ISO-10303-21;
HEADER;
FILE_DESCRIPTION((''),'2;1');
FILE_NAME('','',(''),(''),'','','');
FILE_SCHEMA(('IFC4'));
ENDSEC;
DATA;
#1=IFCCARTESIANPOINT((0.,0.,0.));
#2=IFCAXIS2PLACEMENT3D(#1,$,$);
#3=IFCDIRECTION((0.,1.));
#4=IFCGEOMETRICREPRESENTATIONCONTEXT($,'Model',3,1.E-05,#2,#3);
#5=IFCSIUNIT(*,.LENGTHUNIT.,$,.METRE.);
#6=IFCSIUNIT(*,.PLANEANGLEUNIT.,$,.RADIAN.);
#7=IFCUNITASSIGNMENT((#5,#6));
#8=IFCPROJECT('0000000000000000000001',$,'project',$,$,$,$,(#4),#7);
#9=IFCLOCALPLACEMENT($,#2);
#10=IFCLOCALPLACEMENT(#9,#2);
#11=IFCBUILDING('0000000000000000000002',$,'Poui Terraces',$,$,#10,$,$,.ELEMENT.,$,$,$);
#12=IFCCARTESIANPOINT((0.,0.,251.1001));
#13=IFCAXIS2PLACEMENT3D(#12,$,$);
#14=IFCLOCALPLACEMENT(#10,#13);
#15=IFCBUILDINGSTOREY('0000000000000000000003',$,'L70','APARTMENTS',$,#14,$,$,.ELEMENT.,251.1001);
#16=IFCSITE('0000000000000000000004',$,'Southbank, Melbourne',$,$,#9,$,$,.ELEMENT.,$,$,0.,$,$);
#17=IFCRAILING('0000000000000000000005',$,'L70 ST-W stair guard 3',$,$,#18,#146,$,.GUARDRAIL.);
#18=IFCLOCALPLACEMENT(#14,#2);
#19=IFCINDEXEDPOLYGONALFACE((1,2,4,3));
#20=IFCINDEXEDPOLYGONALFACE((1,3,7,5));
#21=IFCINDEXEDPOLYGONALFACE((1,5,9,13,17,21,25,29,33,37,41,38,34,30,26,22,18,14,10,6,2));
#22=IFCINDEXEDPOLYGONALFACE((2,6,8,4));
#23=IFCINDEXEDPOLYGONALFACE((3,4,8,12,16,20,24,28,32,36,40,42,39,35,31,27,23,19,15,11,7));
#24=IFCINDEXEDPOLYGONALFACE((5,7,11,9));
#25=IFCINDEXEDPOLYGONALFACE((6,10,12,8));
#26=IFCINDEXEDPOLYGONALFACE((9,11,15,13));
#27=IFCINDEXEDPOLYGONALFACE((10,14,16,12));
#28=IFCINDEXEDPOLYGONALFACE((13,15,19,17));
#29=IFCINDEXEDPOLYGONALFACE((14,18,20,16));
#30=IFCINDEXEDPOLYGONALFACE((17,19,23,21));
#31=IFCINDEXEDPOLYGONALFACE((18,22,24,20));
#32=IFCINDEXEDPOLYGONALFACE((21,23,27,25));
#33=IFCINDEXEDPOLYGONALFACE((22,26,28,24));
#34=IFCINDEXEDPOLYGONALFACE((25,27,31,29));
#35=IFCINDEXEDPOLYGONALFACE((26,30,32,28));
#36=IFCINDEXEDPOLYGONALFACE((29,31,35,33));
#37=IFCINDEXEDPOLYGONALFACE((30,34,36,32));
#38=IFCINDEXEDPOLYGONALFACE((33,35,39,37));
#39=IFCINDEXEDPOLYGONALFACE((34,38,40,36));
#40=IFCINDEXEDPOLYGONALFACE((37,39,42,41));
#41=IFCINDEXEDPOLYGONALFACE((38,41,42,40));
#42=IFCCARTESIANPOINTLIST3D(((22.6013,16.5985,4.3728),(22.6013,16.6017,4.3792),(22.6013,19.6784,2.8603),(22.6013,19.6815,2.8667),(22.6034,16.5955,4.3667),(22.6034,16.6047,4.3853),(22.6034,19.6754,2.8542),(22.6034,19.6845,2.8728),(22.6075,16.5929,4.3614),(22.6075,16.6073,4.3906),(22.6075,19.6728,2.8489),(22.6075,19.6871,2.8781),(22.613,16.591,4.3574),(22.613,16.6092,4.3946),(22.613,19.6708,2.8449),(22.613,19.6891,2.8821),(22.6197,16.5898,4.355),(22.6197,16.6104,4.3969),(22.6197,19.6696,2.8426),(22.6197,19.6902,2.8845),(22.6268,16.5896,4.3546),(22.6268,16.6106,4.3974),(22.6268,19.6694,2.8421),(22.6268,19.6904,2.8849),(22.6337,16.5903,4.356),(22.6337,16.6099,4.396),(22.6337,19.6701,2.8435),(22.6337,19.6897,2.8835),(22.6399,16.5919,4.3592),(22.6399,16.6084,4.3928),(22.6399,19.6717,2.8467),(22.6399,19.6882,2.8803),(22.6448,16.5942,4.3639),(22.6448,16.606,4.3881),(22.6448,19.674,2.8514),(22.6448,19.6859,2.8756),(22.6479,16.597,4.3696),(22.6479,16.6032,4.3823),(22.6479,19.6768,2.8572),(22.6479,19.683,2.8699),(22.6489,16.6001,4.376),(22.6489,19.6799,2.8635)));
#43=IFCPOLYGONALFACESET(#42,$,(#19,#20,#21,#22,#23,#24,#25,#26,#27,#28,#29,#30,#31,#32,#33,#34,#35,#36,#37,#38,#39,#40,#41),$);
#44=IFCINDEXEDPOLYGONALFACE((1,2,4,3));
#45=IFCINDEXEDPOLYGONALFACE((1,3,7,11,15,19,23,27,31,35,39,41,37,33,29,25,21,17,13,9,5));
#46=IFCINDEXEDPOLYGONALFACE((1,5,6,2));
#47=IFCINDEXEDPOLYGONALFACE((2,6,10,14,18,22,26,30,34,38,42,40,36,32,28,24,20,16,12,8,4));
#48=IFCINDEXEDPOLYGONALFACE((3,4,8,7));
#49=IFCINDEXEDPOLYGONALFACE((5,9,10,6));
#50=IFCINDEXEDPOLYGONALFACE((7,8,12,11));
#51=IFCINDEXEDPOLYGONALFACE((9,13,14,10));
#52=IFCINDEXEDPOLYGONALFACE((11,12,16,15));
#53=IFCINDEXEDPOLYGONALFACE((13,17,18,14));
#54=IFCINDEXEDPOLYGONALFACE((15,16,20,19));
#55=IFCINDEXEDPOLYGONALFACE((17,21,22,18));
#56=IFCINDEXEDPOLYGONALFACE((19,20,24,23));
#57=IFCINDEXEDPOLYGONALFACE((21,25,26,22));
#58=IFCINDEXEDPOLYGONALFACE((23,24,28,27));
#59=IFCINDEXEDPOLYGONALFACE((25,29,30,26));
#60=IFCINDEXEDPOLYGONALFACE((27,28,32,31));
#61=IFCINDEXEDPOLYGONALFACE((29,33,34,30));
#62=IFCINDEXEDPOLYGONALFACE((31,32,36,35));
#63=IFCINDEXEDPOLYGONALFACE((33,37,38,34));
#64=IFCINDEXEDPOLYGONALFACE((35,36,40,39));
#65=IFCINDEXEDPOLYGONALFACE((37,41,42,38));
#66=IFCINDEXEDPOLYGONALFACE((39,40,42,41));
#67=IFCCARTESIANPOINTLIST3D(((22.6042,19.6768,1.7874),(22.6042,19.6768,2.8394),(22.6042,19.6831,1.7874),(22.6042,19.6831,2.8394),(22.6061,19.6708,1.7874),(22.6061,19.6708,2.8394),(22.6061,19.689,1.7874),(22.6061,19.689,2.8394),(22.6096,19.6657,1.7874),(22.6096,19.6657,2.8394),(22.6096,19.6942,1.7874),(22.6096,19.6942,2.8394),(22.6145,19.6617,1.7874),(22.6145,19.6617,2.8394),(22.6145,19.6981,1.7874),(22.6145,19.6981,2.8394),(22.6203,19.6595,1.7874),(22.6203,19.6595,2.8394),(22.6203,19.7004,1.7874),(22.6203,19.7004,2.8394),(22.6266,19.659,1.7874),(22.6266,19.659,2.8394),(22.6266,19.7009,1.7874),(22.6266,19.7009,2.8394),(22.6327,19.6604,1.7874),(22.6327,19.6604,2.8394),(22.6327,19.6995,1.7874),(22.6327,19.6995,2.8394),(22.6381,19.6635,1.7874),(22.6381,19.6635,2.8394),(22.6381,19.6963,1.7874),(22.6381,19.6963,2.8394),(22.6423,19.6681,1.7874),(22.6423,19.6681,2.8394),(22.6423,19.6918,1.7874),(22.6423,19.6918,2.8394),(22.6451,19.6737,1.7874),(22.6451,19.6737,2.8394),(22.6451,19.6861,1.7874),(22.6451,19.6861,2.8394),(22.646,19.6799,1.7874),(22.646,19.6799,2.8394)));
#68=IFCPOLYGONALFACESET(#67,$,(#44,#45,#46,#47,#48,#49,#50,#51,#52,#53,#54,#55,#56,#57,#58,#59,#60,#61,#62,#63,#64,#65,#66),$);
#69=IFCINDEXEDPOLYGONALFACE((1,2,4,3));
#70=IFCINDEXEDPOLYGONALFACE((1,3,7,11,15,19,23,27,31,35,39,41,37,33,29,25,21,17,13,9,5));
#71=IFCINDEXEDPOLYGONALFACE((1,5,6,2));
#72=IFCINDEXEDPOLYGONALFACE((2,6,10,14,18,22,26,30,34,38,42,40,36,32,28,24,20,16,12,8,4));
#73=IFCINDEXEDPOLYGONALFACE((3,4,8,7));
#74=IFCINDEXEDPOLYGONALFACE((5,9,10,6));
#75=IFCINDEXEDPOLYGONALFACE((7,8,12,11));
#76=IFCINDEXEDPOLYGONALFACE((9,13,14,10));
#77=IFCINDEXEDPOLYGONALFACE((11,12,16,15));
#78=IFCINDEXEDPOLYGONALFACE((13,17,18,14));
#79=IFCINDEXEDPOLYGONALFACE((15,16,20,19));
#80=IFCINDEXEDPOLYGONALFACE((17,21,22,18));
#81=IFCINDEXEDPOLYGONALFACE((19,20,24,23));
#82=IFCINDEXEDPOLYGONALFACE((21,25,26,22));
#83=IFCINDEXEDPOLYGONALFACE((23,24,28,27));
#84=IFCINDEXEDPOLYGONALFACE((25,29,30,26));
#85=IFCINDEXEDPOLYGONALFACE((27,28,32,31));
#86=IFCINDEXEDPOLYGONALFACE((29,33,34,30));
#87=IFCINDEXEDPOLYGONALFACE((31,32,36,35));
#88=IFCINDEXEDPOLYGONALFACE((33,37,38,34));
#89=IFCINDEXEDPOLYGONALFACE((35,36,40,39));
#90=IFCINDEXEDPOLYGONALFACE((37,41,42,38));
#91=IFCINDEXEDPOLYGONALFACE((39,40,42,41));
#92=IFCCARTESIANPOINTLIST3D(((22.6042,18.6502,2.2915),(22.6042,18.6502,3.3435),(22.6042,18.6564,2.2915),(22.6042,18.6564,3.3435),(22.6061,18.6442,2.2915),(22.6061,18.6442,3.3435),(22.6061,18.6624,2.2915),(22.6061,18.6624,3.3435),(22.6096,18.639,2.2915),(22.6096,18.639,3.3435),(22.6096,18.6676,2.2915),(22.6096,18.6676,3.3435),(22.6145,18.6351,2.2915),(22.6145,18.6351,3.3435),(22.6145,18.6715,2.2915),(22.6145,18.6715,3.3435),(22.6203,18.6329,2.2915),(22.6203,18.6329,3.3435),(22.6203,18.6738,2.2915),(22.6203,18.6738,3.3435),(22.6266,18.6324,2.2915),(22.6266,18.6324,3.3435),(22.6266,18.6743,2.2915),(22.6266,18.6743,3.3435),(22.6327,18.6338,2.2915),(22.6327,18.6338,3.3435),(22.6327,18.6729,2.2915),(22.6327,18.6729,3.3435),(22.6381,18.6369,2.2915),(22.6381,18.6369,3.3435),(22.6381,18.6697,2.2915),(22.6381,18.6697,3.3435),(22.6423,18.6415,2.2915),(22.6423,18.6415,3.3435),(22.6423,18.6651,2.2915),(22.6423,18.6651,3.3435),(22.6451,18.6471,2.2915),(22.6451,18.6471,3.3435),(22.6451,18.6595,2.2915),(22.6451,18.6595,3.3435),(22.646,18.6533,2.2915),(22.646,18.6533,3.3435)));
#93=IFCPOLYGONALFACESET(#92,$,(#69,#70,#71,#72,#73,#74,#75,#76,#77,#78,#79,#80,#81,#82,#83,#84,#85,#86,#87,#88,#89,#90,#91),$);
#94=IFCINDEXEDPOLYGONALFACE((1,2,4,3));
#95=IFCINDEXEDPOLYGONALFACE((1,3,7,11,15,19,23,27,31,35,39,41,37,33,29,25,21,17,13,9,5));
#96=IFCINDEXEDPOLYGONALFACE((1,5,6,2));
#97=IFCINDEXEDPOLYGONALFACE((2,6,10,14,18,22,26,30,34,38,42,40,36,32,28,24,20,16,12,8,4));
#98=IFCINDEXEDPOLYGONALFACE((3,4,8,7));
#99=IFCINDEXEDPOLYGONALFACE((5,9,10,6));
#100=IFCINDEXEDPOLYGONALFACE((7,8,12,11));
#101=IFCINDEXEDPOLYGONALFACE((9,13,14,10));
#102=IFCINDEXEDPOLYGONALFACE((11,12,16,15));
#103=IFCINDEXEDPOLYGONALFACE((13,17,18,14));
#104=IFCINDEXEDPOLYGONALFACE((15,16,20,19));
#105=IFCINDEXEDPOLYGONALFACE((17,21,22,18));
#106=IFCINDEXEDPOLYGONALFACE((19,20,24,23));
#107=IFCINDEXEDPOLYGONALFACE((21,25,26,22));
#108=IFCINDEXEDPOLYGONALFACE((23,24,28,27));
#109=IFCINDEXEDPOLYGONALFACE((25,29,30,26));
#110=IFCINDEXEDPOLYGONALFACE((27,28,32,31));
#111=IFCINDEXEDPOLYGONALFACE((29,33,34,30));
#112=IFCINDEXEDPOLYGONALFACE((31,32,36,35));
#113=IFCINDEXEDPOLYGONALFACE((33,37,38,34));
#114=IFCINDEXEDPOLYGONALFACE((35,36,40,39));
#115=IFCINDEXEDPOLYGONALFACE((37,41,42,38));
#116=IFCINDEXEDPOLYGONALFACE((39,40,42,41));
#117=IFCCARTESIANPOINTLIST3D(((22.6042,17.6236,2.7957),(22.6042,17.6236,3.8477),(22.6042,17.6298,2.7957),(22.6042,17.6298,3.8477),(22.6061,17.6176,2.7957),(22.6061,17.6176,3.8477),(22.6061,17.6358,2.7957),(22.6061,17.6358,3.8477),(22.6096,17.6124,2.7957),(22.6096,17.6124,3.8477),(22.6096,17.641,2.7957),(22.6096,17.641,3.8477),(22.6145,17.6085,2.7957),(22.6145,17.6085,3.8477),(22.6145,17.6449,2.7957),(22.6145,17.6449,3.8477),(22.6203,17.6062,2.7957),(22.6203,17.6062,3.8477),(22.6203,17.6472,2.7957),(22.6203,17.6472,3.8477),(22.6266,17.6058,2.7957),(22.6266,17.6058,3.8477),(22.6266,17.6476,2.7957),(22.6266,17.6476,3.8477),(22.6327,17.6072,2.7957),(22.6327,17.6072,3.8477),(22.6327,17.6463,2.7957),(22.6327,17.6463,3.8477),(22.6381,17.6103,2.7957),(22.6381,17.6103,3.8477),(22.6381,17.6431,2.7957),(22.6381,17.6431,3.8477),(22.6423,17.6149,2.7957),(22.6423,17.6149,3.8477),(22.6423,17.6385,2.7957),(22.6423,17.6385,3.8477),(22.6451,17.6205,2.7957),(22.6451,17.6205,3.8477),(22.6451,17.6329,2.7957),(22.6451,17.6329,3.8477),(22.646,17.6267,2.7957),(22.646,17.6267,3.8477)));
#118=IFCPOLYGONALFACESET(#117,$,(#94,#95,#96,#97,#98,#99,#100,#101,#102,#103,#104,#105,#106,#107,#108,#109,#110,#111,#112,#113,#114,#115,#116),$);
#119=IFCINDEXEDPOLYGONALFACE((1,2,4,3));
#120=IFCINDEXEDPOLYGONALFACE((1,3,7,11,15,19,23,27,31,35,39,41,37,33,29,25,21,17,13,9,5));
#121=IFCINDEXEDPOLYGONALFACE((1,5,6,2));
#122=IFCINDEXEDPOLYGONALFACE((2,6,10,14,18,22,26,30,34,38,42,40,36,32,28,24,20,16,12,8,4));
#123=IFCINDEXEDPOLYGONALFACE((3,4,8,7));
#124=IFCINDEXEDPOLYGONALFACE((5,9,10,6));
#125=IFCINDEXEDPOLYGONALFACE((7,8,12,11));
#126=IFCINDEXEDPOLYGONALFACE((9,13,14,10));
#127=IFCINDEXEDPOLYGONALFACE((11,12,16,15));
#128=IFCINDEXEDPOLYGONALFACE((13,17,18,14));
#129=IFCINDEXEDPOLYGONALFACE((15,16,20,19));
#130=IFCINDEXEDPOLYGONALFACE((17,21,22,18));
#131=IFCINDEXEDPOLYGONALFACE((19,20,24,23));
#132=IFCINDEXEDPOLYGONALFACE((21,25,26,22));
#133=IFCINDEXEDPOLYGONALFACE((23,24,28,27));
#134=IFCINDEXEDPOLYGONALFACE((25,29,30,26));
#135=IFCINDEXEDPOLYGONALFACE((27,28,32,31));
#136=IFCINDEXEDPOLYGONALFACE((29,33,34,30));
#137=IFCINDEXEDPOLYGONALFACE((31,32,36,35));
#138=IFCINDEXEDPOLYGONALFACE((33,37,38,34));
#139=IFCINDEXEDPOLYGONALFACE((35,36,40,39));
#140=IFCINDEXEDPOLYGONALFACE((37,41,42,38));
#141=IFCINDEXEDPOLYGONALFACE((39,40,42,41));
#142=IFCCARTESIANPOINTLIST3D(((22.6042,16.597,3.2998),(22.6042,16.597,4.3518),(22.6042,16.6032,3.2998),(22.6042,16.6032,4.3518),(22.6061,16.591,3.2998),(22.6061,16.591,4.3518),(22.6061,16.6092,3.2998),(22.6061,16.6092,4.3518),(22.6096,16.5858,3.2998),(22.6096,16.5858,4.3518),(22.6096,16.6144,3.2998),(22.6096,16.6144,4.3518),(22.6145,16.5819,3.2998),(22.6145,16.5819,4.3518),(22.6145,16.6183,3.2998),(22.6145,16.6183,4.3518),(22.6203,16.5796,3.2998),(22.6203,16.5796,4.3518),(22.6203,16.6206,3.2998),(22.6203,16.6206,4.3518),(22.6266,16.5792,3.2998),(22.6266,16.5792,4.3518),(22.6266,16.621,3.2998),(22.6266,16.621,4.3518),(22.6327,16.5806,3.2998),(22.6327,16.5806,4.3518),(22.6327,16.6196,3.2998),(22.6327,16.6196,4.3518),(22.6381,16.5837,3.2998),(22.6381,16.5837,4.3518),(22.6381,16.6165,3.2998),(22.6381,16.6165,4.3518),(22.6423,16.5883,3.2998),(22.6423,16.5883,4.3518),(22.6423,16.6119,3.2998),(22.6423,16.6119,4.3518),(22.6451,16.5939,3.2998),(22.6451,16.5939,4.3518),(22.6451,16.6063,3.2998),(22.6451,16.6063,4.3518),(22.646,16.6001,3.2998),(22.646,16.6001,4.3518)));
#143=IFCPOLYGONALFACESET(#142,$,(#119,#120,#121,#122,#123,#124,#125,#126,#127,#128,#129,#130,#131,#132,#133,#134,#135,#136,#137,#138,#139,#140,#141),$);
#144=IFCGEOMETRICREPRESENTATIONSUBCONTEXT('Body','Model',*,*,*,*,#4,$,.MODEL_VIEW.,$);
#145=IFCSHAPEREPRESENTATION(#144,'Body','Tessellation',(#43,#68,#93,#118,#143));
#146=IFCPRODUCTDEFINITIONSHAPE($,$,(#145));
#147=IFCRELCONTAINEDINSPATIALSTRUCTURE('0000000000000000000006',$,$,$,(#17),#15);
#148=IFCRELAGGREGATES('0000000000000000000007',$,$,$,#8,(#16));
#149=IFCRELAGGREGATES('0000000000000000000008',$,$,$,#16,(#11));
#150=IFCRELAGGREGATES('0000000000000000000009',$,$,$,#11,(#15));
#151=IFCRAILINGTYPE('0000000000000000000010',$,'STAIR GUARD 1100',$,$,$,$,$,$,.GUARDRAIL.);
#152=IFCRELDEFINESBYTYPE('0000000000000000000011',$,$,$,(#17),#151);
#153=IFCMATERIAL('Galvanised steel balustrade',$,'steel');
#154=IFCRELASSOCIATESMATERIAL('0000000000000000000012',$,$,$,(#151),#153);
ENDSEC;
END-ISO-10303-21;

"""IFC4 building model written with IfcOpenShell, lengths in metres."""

from ifc_helpers import new_model, si_unit, direction, frame, origin, origin_2d, place, context, subcontext, project, spatial, circle, extrude, material, type_object, element, save


model = new_model("IFC4")

# Units and contexts
model_context = context("Model", 3, precision=1e-05, world=origin(), true_north=direction((0.0, 1.0)))
body_context = subcontext(model_context, "Body", "Model", "MODEL_VIEW")
ifc_project = project(units=[si_unit("LENGTHUNIT", "METRE"), si_unit("PLANEANGLEUNIT", "RADIAN")], contexts=[model_context])

# Site, building, storey
site_placement = place(None, origin())
site = spatial("IfcSite", under=ifc_project, at=site_placement, Name="Southbank, Melbourne", CompositionType="ELEMENT", RefElevation=0.0)
building_placement = place(site_placement, origin())
building = spatial("IfcBuilding", under=site, at=building_placement, Name="Poui Terraces", CompositionType="ELEMENT")
storey_placement = place(building_placement, frame((0.0, 0.0, 251.1001)))
storey = spatial("IfcBuildingStorey", under=building, at=storey_placement, Name="L70", Description="APARTMENTS", CompositionType="ELEMENT", Elevation=251.1001)

# Railing
ifc_material_1 = material(Name="Galvanised steel balustrade", Category="steel")
railing_type_1 = type_object("IfcRailingType", Name="STAIR GUARD 1100", PredefinedType="GUARDRAIL", material=ifc_material_1)
railing_1_placement = place(storey_placement, frame((22.625, 19.6799, 1.7874)))
element("IfcRailing", 1, at=railing_1_placement, inside=storey, type_object=railing_type_1, Name="L70 ST-W stair guard 3", PredefinedType="GUARDRAIL", context=body_context, shape_type="SweptSolid", body=[
    extrude(circle(Radius=0.0239, at=origin_2d()), frame((0.0, 0.0, 1.0762), z_axis=(0.0, -0.897606, 0.440798), x_axis=(1.0, 0.0, 0.0)), (0.0, 0.0, 1.0), 3.4312),
    extrude(circle(Radius=0.021, at=origin_2d()), origin(), (0.0, 0.0, 1.0), 1.052),
    extrude(circle(Radius=0.021, at=origin_2d()), frame((0.0, -1.0266, 0.5042)), (0.0, 0.0, 1.0), 1.052),
    extrude(circle(Radius=0.021, at=origin_2d()), frame((0.0, -2.0532, 1.0083)), (0.0, 0.0, 1.0), 1.052),
    extrude(circle(Radius=0.021, at=origin_2d()), frame((0.0, -3.0798, 1.5125)), (0.0, 0.0, 1.0), 1.052),
])

save(model, "model.ifc")
